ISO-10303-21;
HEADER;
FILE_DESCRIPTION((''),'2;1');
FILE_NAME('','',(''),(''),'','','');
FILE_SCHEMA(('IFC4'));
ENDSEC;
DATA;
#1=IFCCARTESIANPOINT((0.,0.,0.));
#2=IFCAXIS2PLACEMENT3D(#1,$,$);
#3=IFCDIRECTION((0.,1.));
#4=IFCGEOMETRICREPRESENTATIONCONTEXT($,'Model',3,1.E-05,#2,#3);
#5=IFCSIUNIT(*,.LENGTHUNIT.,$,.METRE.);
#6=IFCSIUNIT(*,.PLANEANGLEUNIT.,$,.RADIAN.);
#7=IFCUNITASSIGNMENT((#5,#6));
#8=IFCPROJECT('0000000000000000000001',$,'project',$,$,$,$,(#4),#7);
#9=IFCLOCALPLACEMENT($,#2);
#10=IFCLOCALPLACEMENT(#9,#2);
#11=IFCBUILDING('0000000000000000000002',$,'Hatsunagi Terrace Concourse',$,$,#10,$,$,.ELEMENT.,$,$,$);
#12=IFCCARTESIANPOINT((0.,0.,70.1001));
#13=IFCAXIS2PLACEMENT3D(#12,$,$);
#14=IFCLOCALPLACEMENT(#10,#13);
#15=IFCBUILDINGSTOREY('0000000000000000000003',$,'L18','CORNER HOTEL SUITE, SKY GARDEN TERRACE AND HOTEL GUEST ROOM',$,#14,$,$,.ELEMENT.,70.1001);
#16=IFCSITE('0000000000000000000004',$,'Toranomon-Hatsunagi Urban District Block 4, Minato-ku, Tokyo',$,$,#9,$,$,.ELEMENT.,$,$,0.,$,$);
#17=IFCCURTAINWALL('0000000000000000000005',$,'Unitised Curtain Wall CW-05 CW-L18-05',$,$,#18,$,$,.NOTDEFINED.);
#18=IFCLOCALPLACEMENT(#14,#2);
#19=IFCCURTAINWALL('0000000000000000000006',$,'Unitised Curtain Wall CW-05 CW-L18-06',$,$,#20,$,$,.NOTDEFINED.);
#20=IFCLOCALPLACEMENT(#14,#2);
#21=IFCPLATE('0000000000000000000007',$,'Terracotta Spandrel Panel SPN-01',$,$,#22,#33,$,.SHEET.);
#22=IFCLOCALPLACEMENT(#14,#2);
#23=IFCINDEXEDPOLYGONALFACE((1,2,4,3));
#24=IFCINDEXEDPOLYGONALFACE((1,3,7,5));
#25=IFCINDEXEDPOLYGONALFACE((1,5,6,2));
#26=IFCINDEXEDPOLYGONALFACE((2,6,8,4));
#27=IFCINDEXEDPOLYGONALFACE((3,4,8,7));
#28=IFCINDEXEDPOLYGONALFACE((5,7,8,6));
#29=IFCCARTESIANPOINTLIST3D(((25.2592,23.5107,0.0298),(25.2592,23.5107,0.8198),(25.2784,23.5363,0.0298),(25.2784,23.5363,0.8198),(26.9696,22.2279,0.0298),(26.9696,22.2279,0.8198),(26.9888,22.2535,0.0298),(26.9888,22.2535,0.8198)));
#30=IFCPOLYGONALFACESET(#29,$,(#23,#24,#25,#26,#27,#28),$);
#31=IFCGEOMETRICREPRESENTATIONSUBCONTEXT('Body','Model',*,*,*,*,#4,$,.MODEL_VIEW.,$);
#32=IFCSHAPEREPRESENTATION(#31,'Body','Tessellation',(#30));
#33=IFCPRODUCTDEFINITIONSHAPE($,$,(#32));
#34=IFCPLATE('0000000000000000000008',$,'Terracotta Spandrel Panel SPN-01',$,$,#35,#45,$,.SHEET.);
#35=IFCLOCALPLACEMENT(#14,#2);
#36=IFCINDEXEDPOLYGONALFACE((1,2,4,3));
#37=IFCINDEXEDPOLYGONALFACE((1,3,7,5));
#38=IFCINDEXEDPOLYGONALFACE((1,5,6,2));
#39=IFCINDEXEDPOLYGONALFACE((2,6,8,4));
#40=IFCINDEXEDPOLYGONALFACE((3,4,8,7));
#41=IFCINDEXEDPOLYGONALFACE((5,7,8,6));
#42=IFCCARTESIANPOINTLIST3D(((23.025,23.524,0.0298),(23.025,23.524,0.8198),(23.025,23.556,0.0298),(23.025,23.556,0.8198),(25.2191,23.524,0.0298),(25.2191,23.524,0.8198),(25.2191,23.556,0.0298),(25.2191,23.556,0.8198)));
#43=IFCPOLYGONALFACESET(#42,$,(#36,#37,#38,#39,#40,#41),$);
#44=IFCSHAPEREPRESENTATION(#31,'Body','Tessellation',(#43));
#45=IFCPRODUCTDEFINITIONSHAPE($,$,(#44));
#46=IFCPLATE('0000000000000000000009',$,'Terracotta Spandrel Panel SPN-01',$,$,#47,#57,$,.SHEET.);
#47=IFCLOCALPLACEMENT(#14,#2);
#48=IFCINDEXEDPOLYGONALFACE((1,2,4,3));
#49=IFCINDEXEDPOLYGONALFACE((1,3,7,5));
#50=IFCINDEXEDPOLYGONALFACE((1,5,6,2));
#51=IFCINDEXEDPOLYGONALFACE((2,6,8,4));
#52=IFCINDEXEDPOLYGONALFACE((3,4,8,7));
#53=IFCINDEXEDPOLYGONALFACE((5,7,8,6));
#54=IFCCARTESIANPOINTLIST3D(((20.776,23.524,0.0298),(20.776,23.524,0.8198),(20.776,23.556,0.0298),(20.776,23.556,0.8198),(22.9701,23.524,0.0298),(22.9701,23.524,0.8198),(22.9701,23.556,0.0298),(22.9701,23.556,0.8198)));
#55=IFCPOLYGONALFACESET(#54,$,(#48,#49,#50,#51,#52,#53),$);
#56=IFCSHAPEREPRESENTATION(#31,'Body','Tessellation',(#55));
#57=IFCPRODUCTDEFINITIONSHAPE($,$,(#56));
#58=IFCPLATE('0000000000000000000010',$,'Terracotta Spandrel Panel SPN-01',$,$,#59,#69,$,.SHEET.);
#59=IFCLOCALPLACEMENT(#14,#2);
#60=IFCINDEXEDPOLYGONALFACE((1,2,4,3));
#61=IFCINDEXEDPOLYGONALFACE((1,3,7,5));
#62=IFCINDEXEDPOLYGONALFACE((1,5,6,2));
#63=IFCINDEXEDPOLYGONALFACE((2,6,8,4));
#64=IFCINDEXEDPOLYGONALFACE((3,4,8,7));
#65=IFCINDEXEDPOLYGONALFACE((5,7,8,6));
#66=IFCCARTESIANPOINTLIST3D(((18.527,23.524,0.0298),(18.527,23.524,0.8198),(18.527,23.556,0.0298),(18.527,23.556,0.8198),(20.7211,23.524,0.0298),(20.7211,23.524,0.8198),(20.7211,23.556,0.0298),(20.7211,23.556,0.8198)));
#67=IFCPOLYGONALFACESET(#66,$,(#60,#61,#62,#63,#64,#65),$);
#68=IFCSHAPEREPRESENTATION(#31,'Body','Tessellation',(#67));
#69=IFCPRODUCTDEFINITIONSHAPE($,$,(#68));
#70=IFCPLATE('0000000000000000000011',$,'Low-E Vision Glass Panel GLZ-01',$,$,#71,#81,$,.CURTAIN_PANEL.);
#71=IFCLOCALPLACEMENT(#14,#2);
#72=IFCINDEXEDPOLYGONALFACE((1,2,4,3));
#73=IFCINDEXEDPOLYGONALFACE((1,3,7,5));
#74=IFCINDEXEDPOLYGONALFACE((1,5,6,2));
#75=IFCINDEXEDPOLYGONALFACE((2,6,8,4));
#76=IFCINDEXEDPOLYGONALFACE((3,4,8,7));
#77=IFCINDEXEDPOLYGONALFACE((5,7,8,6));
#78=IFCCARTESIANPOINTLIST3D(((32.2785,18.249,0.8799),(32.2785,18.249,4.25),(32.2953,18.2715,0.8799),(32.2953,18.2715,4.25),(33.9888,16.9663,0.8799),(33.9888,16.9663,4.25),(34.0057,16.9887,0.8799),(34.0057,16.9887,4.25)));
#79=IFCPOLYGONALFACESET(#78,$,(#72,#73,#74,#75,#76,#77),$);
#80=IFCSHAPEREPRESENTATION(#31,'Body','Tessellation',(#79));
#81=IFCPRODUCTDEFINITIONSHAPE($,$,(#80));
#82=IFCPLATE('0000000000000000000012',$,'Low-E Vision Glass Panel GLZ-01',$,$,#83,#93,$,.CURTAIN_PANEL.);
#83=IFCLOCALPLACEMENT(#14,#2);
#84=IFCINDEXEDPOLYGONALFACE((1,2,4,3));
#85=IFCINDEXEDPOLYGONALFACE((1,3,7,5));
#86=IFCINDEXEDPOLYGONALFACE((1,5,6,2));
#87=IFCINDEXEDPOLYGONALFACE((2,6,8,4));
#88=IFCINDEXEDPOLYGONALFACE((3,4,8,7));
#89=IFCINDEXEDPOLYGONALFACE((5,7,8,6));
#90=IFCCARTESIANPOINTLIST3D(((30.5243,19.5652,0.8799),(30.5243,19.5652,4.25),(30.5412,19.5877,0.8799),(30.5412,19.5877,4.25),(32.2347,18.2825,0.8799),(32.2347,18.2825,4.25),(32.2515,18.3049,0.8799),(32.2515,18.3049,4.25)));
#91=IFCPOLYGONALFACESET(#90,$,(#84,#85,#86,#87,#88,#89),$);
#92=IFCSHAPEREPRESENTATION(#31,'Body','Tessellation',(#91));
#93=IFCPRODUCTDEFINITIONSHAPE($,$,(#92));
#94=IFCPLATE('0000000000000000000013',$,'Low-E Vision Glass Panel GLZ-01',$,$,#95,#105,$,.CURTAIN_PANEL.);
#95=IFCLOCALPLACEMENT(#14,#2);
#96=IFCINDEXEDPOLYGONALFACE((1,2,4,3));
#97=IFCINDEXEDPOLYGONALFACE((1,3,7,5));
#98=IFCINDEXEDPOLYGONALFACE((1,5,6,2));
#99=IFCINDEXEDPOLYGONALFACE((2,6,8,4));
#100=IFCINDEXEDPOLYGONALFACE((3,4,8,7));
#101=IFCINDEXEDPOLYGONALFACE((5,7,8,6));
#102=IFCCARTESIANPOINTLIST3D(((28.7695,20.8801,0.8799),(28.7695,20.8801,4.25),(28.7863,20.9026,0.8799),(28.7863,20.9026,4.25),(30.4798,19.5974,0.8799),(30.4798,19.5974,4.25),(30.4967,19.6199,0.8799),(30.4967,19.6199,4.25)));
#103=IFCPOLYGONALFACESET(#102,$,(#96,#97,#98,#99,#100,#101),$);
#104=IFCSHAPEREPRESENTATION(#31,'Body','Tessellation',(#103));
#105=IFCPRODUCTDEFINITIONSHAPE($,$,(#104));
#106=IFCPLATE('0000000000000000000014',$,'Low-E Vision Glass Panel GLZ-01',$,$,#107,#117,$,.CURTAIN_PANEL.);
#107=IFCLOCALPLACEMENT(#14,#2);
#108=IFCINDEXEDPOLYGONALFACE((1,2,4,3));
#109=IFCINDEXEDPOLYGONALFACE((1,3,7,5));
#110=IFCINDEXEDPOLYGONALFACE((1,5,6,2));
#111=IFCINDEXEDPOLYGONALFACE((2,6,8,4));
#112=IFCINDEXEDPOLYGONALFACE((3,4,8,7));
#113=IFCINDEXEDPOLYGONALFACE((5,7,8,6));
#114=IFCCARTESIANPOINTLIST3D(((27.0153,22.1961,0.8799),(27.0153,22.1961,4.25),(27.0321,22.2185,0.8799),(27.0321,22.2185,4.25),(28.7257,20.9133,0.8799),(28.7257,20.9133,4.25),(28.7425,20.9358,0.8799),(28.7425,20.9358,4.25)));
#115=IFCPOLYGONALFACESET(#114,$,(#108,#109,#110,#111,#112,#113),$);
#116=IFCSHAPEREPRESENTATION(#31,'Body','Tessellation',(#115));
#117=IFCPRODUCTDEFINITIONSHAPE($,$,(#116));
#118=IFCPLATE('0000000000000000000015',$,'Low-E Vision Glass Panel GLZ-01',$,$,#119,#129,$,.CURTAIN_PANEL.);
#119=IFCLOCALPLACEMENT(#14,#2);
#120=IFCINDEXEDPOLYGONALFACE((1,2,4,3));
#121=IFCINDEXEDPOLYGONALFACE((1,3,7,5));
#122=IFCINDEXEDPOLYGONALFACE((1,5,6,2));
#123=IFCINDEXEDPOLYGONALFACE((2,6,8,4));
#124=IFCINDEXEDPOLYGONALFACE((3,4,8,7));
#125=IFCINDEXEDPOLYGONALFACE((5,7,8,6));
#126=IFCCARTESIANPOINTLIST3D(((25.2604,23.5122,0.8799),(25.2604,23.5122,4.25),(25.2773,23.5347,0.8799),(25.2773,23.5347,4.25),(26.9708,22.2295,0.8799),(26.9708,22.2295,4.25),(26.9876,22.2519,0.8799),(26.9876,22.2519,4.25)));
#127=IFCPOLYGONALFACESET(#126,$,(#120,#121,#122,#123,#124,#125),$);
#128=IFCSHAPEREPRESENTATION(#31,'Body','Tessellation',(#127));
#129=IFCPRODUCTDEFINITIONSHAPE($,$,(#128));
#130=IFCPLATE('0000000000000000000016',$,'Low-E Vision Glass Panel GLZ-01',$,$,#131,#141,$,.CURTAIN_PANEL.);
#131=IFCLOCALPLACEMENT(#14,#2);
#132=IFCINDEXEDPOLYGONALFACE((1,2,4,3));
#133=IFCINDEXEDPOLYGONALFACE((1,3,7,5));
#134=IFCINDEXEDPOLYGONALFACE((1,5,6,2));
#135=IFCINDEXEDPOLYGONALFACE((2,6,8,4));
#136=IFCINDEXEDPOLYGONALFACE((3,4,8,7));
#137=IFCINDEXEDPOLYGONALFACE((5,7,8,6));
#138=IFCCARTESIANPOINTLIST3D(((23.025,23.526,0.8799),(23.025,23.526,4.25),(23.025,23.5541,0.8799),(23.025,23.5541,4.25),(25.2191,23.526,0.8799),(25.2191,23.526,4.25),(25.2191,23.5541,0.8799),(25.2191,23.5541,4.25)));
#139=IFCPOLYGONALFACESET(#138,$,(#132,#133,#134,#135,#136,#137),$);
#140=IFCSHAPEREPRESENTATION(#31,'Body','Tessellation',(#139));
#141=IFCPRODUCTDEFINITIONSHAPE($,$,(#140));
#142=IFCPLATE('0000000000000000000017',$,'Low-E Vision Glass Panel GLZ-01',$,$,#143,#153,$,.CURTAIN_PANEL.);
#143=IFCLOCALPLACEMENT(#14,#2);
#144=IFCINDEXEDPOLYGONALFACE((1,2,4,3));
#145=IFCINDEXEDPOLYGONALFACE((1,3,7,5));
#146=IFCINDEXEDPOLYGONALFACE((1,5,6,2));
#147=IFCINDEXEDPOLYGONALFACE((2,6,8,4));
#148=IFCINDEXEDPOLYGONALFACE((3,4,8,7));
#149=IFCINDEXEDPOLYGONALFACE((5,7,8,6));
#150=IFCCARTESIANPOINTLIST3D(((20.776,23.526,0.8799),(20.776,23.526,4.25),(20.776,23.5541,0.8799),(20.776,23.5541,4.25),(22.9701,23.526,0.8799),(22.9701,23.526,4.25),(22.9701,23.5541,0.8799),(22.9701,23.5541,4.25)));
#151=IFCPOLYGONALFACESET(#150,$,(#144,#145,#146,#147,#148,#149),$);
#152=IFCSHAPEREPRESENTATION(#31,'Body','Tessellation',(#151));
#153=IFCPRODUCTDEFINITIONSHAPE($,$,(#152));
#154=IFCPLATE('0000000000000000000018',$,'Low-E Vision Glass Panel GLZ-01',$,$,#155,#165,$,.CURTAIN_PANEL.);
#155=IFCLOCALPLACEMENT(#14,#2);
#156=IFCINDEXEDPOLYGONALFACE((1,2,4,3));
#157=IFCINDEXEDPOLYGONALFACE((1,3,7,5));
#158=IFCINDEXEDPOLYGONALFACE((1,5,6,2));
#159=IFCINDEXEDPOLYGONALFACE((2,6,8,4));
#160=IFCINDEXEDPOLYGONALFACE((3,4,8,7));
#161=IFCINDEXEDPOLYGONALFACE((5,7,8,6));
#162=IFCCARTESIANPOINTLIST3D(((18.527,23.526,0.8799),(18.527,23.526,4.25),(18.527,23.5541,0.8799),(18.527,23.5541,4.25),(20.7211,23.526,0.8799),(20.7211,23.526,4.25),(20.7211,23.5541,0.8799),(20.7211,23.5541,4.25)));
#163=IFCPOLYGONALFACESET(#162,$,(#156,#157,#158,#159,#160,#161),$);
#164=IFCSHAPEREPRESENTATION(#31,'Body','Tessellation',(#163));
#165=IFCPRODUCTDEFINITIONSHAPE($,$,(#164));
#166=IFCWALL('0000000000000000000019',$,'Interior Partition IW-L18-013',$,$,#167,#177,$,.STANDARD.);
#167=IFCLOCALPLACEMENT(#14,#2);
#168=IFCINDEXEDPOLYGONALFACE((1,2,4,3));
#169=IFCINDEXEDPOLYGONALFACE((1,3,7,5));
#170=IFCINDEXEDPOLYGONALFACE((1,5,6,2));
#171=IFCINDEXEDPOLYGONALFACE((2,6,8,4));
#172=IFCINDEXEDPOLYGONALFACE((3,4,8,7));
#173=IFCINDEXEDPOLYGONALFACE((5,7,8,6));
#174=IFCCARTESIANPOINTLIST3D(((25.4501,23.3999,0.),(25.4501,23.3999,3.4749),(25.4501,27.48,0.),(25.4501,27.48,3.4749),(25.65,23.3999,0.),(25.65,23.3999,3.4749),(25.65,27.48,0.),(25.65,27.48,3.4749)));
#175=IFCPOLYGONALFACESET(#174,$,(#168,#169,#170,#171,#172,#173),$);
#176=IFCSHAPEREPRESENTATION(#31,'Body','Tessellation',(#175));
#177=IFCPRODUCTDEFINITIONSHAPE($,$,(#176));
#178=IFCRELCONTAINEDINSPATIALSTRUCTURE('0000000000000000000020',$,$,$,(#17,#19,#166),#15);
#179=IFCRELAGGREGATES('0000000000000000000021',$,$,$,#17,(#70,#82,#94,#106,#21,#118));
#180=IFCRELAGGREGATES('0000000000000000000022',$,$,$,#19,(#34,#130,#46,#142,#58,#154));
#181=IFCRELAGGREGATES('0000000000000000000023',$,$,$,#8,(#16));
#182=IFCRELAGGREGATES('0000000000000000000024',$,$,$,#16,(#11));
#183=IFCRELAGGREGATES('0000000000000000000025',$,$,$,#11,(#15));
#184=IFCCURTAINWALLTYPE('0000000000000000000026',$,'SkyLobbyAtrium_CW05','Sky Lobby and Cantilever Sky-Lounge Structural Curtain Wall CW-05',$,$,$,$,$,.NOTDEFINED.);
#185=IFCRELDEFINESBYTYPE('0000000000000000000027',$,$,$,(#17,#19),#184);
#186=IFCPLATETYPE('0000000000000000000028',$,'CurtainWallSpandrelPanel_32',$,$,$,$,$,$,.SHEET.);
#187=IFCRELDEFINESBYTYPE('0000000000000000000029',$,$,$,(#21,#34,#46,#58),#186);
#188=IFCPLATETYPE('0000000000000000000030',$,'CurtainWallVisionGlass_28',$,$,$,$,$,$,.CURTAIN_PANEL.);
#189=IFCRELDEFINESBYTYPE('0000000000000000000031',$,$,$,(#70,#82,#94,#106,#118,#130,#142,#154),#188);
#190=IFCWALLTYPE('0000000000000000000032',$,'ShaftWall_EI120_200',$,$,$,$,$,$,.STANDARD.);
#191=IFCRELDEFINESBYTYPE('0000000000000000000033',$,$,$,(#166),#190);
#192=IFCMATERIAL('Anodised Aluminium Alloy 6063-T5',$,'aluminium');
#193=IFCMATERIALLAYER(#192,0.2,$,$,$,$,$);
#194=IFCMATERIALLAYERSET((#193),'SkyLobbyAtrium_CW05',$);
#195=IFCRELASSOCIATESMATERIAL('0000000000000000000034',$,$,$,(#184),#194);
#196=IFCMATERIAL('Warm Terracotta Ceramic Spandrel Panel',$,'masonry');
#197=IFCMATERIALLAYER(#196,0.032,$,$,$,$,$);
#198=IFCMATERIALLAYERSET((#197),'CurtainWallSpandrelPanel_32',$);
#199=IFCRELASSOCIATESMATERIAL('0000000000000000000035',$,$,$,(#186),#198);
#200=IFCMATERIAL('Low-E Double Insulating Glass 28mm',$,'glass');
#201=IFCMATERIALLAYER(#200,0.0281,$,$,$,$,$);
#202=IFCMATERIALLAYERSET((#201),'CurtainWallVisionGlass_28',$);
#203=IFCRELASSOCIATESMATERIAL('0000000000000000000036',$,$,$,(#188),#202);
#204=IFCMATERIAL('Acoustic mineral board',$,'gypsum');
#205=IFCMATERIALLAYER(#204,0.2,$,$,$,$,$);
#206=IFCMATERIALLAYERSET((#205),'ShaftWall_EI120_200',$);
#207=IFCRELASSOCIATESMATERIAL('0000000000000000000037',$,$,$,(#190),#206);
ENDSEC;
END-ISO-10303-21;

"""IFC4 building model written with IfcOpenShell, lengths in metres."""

from ifc_helpers import new_model, si_unit, direction, frame, frame_2d, origin, origin_2d, place, context, subcontext, project, spatial, rectangle, extrude, material, layer, layer_set, type_object, element, aggregate, save


model = new_model("IFC4")

# Units and contexts
model_context = context("Model", 3, precision=1e-05, world=origin(), true_north=direction((0.0, 1.0)))
body_context = subcontext(model_context, "Body", "Model", "MODEL_VIEW")
ifc_project = project(units=[si_unit("LENGTHUNIT", "METRE"), si_unit("PLANEANGLEUNIT", "RADIAN")], contexts=[model_context])

# Site, building, storey
site_placement = place(None, origin())
site = spatial("IfcSite", under=ifc_project, at=site_placement, Name="Toranomon-Hatsunagi Urban District Block 4, Minato-ku, Tokyo", CompositionType="ELEMENT", RefElevation=0.0)
building_placement = place(site_placement, origin())
building = spatial("IfcBuilding", under=site, at=building_placement, Name="Hatsunagi Terrace Concourse", CompositionType="ELEMENT")
storey_placement = place(building_placement, frame((0.0, 0.0, 70.1001)))
storey = spatial("IfcBuildingStorey", under=building, at=storey_placement, Name="L18", Description="CORNER HOTEL SUITE, SKY GARDEN TERRACE AND HOTEL GUEST ROOM", CompositionType="ELEMENT", Elevation=70.1001)

# Curtain walls
ifc_material_1 = material(Name="Anodised Aluminium Alloy 6063-T5", Category="aluminium")
ifc_layer_1 = layer(ifc_material_1, 0.2)
ifc_layer_set_1 = layer_set([ifc_layer_1], Name="SkyLobbyAtrium_CW05")
curtain_wall_type = type_object("IfcCurtainWallType", Name="SkyLobbyAtrium_CW05", Description="Sky Lobby and Cantilever Sky-Lounge Structural Curtain Wall CW-05", PredefinedType="NOTDEFINED", material=ifc_layer_set_1)
curtain_wall_1_placement = place(storey_placement, origin())
curtain_wall_1 = element("IfcCurtainWall", 1, at=curtain_wall_1_placement, inside=storey, type_object=curtain_wall_type, Name="Unitised Curtain Wall CW-05 CW-L18-05", PredefinedType="NOTDEFINED")
curtain_wall_2_placement = place(storey_placement, origin())
curtain_wall_2 = element("IfcCurtainWall", 2, at=curtain_wall_2_placement, inside=storey, type_object=curtain_wall_type, Name="Unitised Curtain Wall CW-05 CW-L18-06", PredefinedType="NOTDEFINED")

# Plates
ifc_material_2 = material(Name="Warm Terracotta Ceramic Spandrel Panel", Category="masonry")
ifc_layer_2 = layer(ifc_material_2, 0.032)
ifc_layer_set_2 = layer_set([ifc_layer_2], Name="CurtainWallSpandrelPanel_32")
plate_type_1 = type_object("IfcPlateType", Name="CurtainWallSpandrelPanel_32", PredefinedType="SHEET", material=ifc_layer_set_2)
plate_1_placement = place(storey_placement, frame((26.124, 22.8821, 0.0298), z_axis=(0.0, 0.0, 1.0), x_axis=(-0.800003, 0.599996, 0.0)))
plate_1 = element("IfcPlate", 3, at=plate_1_placement, type_object=plate_type_1, Name="Terracotta Spandrel Panel SPN-01", PredefinedType="SHEET", context=body_context, shape_type="SweptSolid", body=[
    extrude(rectangle(XDim=2.1379, YDim=0.032, at=origin_2d()), origin(), (0.0, 0.0, 1.0), 0.79),
])
plate_2_placement = place(storey_placement, frame((24.1221, 23.54, 0.0298), z_axis=(0.0, 0.0, 1.0), x_axis=(-1.0, 0.0, 0.0)))
plate_2 = element("IfcPlate", 4, at=plate_2_placement, type_object=plate_type_1, Name="Terracotta Spandrel Panel SPN-01", PredefinedType="SHEET", context=body_context, shape_type="SweptSolid", body=[
    extrude(rectangle(XDim=2.1941, YDim=0.032, at=origin_2d()), origin(), (0.0, 0.0, 1.0), 0.79),
])
plate_3_placement = place(storey_placement, frame((21.873, 23.54, 0.0298), z_axis=(0.0, 0.0, 1.0), x_axis=(-1.0, 0.0, 0.0)))
plate_3 = element("IfcPlate", 5, at=plate_3_placement, type_object=plate_type_1, Name="Terracotta Spandrel Panel SPN-01", PredefinedType="SHEET", context=body_context, shape_type="SweptSolid", body=[
    extrude(rectangle(XDim=2.1941, YDim=0.032, at=origin_2d()), origin(), (0.0, 0.0, 1.0), 0.79),
])
plate_4_placement = place(storey_placement, frame((19.624, 23.54, 0.0298), z_axis=(0.0, 0.0, 1.0), x_axis=(-1.0, 0.0, 0.0)))
plate_4 = element("IfcPlate", 6, at=plate_4_placement, type_object=plate_type_1, Name="Terracotta Spandrel Panel SPN-01", PredefinedType="SHEET", context=body_context, shape_type="SweptSolid", body=[
    extrude(rectangle(XDim=2.1941, YDim=0.032, at=origin_2d()), origin(), (0.0, 0.0, 1.0), 0.79),
])
ifc_material_3 = material(Name="Low-E Double Insulating Glass 28mm", Category="glass")
ifc_layer_3 = layer(ifc_material_3, 0.0281)
ifc_layer_set_3 = layer_set([ifc_layer_3], Name="CurtainWallVisionGlass_28")
plate_type_2 = type_object("IfcPlateType", Name="CurtainWallVisionGlass_28", PredefinedType="CURTAIN_PANEL", material=ifc_layer_set_3)
plate_5_placement = place(storey_placement, frame((33.1421, 17.6189, 0.8799), z_axis=(0.0, 0.0, 1.0), x_axis=(-0.800003, 0.599996, 0.0)))
plate_5 = element("IfcPlate", 7, at=plate_5_placement, type_object=plate_type_2, Name="Low-E Vision Glass Panel GLZ-01", PredefinedType="CURTAIN_PANEL", context=body_context, shape_type="SweptSolid", body=[
    extrude(rectangle(XDim=2.1379, YDim=0.0281, at=origin_2d()), origin(), (0.0, 0.0, 1.0), 3.3701),
])
plate_6_placement = place(storey_placement, frame((31.3879, 18.9351, 0.8799), z_axis=(0.0, 0.0, 1.0), x_axis=(-0.800003, 0.599996, 0.0)))
plate_6 = element("IfcPlate", 8, at=plate_6_placement, type_object=plate_type_2, Name="Low-E Vision Glass Panel GLZ-01", PredefinedType="CURTAIN_PANEL", context=body_context, shape_type="SweptSolid", body=[
    extrude(rectangle(XDim=2.1379, YDim=0.0281, at=origin_2d()), origin(), (0.0, 0.0, 1.0), 3.3701),
])
plate_7_placement = place(storey_placement, frame((29.6331, 20.25, 0.8799), z_axis=(0.0, 0.0, 1.0), x_axis=(-0.800003, 0.599996, 0.0)))
plate_7 = element("IfcPlate", 9, at=plate_7_placement, type_object=plate_type_2, Name="Low-E Vision Glass Panel GLZ-01", PredefinedType="CURTAIN_PANEL", context=body_context, shape_type="SweptSolid", body=[
    extrude(rectangle(XDim=2.1379, YDim=0.0281, at=origin_2d()), origin(), (0.0, 0.0, 1.0), 3.3701),
])
plate_8_placement = place(storey_placement, frame((27.8789, 21.5659, 0.8799), z_axis=(0.0, 0.0, 1.0), x_axis=(-0.800003, 0.599996, 0.0)))
plate_8 = element("IfcPlate", 10, at=plate_8_placement, type_object=plate_type_2, Name="Low-E Vision Glass Panel GLZ-01", PredefinedType="CURTAIN_PANEL", context=body_context, shape_type="SweptSolid", body=[
    extrude(rectangle(XDim=2.1379, YDim=0.0281, at=origin_2d()), origin(), (0.0, 0.0, 1.0), 3.3701),
])
plate_9_placement = place(storey_placement, frame((26.124, 22.8821, 0.8799), z_axis=(0.0, 0.0, 1.0), x_axis=(-0.800003, 0.599996, 0.0)))
plate_9 = element("IfcPlate", 11, at=plate_9_placement, type_object=plate_type_2, Name="Low-E Vision Glass Panel GLZ-01", PredefinedType="CURTAIN_PANEL", context=body_context, shape_type="SweptSolid", body=[
    extrude(rectangle(XDim=2.1379, YDim=0.0281, at=origin_2d()), origin(), (0.0, 0.0, 1.0), 3.3701),
])
aggregate(curtain_wall_1, [plate_5, plate_6, plate_7, plate_8, plate_1, plate_9])
plate_10_placement = place(storey_placement, frame((24.1221, 23.54, 0.8799), z_axis=(0.0, 0.0, 1.0), x_axis=(-1.0, 0.0, 0.0)))
plate_10 = element("IfcPlate", 12, at=plate_10_placement, type_object=plate_type_2, Name="Low-E Vision Glass Panel GLZ-01", PredefinedType="CURTAIN_PANEL", context=body_context, shape_type="SweptSolid", body=[
    extrude(rectangle(XDim=2.1941, YDim=0.0281, at=origin_2d()), origin(), (0.0, 0.0, 1.0), 3.3701),
])
plate_11_placement = place(storey_placement, frame((21.873, 23.54, 0.8799), z_axis=(0.0, 0.0, 1.0), x_axis=(-1.0, 0.0, 0.0)))
plate_11 = element("IfcPlate", 13, at=plate_11_placement, type_object=plate_type_2, Name="Low-E Vision Glass Panel GLZ-01", PredefinedType="CURTAIN_PANEL", context=body_context, shape_type="SweptSolid", body=[
    extrude(rectangle(XDim=2.1941, YDim=0.0281, at=origin_2d()), origin(), (0.0, 0.0, 1.0), 3.3701),
])
plate_12_placement = place(storey_placement, frame((19.624, 23.54, 0.8799), z_axis=(0.0, 0.0, 1.0), x_axis=(-1.0, 0.0, 0.0)))
plate_12 = element("IfcPlate", 14, at=plate_12_placement, type_object=plate_type_2, Name="Low-E Vision Glass Panel GLZ-01", PredefinedType="CURTAIN_PANEL", context=body_context, shape_type="SweptSolid", body=[
    extrude(rectangle(XDim=2.1941, YDim=0.0281, at=origin_2d()), origin(), (0.0, 0.0, 1.0), 3.3701),
])
aggregate(curtain_wall_2, [plate_2, plate_10, plate_3, plate_11, plate_4, plate_12])

# Wall
ifc_material_4 = material(Name="Acoustic mineral board", Category="gypsum")
ifc_layer_4 = layer(ifc_material_4, 0.2)
ifc_layer_set_4 = layer_set([ifc_layer_4], Name="ShaftWall_EI120_200")
wall_type = type_object("IfcWallType", Name="ShaftWall_EI120_200", PredefinedType="STANDARD", material=ifc_layer_set_4)
wall_placement = place(storey_placement, frame((25.55, 23.3999, 0.0), z_axis=(0.0, 0.0, 1.0), x_axis=(0.0, 1.0, 0.0)))
element("IfcWall", 15, at=wall_placement, inside=storey, type_object=wall_type, Name="Interior Partition IW-L18-013", PredefinedType="STANDARD", context=body_context, shape_type="SweptSolid", body=[
    extrude(rectangle(XDim=4.0801, YDim=0.2, at=frame_2d((2.04, 0.0))), origin(), (0.0, 0.0, 1.0), 3.4749),
])

save(model, "model.ifc")
